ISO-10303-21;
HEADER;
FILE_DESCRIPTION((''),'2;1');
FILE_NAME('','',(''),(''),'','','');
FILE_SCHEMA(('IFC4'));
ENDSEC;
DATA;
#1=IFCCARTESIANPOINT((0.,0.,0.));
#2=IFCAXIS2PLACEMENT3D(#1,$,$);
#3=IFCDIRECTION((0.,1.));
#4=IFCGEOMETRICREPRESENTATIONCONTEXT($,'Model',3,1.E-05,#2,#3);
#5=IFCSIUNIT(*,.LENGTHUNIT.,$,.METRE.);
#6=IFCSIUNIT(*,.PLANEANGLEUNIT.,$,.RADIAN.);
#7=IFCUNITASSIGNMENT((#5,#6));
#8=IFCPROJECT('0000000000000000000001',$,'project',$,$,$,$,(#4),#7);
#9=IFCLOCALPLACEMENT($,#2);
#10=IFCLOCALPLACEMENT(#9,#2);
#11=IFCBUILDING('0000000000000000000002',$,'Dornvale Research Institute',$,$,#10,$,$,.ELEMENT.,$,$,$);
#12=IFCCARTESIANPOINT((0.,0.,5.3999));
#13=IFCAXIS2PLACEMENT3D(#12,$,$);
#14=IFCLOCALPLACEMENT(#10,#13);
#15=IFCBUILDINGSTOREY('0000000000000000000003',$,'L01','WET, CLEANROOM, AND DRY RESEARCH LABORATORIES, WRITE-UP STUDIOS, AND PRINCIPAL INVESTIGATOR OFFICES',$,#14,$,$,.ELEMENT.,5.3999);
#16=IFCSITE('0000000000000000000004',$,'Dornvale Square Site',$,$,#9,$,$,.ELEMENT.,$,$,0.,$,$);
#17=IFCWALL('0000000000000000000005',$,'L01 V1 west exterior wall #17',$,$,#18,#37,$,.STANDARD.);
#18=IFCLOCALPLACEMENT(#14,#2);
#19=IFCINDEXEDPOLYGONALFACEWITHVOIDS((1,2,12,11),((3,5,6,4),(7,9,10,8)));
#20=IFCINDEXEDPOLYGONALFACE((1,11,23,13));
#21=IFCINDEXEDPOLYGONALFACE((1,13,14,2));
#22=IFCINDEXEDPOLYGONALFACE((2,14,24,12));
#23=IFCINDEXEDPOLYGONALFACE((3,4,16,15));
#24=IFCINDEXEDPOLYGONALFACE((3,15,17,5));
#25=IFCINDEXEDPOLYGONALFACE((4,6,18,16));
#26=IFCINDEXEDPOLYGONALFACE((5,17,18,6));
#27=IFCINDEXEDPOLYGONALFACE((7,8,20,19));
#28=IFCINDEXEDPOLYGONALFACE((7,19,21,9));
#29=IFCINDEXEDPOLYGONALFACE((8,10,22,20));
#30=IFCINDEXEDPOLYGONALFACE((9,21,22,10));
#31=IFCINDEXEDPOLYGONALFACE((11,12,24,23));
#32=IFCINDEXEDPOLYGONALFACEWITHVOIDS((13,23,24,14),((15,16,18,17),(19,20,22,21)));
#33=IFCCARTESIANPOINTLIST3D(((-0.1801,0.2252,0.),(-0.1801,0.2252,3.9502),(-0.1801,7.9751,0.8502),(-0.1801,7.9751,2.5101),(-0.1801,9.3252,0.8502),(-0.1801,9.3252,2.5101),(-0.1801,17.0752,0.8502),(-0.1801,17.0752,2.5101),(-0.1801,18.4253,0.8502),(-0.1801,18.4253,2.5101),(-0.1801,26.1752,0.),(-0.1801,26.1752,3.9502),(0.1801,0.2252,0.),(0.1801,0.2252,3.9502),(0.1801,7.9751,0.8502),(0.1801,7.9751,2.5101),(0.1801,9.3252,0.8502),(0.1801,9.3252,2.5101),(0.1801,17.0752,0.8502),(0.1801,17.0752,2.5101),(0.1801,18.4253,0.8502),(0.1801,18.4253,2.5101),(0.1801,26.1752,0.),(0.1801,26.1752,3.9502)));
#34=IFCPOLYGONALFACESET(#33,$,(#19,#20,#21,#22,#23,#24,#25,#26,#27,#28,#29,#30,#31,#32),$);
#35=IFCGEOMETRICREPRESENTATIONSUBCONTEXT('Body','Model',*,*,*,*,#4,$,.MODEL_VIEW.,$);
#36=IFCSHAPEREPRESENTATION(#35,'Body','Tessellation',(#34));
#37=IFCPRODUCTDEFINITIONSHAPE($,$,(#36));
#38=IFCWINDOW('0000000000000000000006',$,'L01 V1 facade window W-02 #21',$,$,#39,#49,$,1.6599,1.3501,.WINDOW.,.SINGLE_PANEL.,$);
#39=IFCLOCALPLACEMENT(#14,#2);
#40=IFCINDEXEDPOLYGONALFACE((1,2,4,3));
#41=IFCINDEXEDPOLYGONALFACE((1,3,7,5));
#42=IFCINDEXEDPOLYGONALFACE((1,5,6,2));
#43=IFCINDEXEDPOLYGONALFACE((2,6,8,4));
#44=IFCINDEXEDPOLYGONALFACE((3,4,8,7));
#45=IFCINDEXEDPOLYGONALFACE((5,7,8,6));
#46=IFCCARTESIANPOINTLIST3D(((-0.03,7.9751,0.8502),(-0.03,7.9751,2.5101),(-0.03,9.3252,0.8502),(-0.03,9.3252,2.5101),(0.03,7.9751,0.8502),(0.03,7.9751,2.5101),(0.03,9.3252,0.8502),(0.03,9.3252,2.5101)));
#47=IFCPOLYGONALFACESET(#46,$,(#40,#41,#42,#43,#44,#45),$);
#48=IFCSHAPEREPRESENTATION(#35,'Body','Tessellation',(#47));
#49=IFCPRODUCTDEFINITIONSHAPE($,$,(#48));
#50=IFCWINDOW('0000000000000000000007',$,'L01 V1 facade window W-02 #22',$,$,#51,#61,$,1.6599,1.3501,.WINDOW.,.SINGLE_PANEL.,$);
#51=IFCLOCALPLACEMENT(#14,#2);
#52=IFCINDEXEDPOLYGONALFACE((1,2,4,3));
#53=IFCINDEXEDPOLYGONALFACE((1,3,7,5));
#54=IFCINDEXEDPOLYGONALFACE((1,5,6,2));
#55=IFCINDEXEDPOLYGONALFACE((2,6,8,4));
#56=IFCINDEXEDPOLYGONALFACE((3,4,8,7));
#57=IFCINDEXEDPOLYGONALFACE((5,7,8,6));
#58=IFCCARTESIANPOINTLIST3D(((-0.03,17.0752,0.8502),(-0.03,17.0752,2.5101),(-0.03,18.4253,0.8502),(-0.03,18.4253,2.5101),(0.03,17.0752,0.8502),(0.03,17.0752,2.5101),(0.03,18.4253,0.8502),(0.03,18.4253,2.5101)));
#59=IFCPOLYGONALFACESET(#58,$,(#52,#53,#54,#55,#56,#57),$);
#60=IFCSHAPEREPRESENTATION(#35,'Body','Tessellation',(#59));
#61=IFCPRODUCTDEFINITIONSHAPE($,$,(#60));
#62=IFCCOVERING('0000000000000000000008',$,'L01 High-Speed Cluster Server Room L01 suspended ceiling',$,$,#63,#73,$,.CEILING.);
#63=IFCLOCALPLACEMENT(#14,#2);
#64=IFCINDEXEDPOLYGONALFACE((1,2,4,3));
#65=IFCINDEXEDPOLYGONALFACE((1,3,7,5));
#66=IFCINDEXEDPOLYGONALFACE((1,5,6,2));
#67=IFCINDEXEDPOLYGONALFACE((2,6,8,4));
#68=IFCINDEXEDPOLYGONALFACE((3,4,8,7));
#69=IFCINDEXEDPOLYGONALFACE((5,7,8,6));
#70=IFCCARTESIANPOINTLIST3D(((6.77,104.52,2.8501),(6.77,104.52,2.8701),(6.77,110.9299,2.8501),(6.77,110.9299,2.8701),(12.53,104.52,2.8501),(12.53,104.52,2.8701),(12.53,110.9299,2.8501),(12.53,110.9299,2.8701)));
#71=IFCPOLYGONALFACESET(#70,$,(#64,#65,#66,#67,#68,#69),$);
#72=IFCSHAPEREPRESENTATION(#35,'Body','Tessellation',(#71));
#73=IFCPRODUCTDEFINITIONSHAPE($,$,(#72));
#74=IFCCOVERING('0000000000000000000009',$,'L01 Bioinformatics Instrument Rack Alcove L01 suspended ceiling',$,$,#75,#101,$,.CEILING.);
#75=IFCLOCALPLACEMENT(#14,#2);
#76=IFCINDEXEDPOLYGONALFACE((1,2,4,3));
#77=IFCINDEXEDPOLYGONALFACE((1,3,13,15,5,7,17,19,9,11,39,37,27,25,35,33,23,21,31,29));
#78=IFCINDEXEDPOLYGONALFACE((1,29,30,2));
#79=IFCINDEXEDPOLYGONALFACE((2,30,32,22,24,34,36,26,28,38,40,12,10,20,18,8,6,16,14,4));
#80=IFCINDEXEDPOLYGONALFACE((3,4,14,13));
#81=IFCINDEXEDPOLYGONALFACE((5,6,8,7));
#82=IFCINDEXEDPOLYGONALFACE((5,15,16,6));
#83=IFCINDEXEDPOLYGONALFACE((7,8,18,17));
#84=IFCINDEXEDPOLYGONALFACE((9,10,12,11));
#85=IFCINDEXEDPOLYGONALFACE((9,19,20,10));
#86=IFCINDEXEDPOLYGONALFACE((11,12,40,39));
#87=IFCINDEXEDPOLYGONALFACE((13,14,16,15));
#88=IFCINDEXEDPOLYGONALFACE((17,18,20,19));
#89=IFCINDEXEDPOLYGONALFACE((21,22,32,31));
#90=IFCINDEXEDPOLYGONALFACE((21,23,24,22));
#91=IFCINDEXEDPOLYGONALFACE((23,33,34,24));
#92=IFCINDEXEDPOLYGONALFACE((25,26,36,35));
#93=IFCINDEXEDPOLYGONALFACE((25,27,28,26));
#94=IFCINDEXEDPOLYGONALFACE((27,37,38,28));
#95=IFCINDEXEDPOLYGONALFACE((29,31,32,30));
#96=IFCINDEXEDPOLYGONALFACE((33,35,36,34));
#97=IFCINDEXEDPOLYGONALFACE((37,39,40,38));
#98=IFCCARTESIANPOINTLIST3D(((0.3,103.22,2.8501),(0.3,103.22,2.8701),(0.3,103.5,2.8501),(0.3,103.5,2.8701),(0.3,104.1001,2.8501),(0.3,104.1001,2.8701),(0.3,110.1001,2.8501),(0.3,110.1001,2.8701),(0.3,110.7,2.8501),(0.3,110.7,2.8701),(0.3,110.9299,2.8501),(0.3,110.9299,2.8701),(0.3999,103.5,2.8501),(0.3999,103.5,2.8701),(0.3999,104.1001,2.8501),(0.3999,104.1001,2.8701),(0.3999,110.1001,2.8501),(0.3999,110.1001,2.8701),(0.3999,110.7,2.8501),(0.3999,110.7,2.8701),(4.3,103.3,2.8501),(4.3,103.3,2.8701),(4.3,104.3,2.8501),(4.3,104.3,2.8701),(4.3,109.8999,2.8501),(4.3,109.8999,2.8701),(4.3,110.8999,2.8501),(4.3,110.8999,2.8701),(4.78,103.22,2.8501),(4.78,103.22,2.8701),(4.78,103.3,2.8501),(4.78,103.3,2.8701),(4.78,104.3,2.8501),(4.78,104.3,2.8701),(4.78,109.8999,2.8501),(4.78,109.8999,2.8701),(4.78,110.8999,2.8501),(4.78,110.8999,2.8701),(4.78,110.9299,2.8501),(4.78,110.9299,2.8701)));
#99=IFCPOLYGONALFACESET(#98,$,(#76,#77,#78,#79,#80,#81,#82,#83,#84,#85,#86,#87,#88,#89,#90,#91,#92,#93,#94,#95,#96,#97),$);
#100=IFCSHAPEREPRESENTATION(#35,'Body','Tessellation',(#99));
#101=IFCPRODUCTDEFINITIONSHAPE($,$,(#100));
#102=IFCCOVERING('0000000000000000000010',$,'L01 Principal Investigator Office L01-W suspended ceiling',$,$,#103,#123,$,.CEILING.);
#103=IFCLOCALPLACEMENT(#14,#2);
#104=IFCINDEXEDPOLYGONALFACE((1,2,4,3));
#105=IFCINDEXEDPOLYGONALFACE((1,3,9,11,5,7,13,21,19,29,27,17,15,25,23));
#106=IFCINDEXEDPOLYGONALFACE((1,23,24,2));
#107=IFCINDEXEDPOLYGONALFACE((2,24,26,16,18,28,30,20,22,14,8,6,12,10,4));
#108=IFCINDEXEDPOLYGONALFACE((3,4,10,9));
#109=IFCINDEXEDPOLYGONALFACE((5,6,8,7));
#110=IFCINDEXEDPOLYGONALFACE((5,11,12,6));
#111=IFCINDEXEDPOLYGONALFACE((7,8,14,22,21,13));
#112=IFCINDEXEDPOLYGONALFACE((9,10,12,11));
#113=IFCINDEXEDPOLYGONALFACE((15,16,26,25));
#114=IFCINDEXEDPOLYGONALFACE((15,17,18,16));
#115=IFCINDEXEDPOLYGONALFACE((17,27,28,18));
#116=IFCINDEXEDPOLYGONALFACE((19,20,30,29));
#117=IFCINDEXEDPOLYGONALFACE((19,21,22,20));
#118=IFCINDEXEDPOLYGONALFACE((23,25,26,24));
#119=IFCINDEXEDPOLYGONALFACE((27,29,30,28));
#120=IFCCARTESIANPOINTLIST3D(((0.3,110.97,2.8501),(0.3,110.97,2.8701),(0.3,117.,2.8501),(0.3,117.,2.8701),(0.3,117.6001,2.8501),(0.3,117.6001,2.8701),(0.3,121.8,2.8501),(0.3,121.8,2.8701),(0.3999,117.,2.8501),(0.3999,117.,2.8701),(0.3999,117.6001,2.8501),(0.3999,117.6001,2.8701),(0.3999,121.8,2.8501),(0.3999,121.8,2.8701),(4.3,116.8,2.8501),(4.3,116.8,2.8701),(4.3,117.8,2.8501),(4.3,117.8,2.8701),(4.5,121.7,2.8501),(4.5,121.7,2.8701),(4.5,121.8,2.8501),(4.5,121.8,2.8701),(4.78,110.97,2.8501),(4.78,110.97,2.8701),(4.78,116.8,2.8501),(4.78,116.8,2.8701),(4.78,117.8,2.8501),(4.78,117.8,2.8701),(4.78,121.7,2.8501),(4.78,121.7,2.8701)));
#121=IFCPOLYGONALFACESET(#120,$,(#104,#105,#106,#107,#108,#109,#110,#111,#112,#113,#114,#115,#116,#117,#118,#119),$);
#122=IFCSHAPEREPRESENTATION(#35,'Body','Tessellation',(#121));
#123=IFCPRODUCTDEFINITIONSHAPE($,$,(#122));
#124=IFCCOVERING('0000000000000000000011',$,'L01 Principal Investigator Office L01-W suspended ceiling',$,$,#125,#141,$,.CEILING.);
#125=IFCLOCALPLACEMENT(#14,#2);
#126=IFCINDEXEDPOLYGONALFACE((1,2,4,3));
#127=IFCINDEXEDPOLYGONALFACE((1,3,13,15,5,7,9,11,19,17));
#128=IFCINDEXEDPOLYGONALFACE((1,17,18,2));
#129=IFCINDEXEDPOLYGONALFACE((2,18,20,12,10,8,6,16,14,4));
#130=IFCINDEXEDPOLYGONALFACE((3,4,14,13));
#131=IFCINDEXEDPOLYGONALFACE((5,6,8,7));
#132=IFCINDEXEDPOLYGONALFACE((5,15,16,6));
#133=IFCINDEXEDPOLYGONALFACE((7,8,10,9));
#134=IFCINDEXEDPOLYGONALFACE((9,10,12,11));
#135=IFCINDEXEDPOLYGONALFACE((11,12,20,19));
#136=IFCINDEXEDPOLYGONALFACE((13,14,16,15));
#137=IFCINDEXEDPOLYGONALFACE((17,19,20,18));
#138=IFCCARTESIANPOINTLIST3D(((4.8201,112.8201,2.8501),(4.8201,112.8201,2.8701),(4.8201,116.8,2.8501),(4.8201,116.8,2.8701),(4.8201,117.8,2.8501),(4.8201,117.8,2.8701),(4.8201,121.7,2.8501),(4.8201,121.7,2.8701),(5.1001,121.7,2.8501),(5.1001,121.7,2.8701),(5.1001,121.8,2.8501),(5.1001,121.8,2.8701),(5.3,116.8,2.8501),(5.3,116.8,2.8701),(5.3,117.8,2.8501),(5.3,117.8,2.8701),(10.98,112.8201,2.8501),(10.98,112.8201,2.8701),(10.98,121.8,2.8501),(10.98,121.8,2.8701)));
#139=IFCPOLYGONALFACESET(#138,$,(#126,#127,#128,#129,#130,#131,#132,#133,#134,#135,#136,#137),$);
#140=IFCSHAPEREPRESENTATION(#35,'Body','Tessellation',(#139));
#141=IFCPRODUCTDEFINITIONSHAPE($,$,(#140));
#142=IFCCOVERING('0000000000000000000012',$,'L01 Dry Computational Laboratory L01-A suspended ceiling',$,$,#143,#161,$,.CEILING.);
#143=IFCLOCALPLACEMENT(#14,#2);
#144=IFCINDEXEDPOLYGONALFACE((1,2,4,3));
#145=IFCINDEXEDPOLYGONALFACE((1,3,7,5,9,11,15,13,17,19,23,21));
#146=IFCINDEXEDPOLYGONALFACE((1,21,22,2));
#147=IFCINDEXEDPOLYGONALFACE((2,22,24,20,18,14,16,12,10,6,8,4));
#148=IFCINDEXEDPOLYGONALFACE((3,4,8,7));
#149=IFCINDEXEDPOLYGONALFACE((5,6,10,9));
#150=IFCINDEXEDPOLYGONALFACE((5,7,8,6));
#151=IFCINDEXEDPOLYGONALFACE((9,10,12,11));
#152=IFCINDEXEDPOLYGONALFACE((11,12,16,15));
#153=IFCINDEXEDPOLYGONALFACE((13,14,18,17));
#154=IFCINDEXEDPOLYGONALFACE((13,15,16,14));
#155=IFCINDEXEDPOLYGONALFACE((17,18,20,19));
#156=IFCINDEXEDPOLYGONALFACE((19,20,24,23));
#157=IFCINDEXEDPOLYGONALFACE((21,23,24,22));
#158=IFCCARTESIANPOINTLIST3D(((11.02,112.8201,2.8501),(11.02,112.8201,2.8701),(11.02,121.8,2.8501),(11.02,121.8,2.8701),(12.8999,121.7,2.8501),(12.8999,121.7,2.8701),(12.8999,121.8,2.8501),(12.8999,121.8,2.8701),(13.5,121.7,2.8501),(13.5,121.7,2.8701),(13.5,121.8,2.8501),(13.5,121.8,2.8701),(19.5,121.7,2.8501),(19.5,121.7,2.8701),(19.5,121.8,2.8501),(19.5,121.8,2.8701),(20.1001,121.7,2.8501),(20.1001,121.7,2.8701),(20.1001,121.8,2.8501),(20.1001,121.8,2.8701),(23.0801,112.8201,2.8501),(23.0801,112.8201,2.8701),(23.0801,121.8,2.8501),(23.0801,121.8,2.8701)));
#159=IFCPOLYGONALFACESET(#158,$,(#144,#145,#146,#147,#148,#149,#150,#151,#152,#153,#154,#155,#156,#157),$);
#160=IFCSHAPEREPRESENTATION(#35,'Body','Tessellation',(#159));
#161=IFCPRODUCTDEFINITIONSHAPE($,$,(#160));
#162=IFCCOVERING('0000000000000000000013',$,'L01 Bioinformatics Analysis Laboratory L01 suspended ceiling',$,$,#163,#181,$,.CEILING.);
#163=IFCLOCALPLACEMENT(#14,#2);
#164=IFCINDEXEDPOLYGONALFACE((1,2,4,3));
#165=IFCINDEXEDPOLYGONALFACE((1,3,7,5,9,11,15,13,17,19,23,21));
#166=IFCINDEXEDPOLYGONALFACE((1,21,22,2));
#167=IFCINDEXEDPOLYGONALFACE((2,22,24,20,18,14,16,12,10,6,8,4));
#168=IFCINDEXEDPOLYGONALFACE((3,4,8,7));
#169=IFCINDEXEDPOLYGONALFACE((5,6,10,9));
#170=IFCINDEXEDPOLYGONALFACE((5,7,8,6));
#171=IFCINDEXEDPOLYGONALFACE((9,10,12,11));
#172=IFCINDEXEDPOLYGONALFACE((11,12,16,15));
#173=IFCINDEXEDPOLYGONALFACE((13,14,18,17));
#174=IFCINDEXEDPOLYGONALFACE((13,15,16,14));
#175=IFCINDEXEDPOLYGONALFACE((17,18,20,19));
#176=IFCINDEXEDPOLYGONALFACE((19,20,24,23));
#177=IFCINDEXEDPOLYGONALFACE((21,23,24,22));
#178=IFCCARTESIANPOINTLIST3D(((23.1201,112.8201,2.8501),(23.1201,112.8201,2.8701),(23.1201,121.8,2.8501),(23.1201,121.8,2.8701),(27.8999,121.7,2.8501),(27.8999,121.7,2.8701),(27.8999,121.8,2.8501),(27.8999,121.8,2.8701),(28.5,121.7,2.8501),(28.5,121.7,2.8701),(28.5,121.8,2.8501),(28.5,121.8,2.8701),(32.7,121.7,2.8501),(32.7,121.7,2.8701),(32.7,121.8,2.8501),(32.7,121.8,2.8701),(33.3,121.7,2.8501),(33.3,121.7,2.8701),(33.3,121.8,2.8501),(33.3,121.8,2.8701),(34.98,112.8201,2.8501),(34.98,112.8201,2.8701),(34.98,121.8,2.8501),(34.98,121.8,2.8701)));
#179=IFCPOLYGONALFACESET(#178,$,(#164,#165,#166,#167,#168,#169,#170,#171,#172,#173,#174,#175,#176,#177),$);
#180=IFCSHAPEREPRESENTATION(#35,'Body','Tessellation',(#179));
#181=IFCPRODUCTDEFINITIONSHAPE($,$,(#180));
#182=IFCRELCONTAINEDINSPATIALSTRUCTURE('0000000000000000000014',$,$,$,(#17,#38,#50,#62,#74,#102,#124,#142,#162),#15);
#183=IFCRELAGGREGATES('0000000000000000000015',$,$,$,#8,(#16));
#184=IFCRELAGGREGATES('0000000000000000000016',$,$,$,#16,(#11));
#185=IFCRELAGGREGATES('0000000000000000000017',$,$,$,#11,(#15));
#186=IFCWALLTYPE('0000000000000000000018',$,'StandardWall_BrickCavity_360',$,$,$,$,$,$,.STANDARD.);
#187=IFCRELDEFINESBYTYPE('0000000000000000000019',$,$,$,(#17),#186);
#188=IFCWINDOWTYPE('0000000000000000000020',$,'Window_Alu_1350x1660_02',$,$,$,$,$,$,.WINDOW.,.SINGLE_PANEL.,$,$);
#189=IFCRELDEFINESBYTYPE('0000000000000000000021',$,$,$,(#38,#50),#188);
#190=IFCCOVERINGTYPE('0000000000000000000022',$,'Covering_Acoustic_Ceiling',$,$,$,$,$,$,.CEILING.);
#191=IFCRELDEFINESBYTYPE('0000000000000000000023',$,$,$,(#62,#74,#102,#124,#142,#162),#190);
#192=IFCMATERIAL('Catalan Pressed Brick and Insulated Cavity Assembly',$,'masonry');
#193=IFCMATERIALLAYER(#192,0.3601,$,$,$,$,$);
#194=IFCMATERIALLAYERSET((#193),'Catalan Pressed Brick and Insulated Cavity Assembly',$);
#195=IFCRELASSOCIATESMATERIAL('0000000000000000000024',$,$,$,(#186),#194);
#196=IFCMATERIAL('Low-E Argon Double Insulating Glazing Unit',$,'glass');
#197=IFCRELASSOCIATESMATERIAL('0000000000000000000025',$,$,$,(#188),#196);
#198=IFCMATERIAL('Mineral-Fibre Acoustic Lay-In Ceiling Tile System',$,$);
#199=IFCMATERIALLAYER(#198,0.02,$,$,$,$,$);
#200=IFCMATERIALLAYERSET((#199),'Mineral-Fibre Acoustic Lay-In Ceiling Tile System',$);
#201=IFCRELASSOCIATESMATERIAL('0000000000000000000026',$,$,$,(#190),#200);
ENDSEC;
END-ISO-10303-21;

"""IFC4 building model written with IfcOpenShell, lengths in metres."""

from ifc_helpers import new_model, si_unit, direction, frame, frame_2d, origin, place, context, subcontext, project, spatial, polyline, rectangle, outline, extrude, material, layer, layer_set, type_object, element, fill, save


model = new_model("IFC4")

# Units and contexts
model_context = context("Model", 3, precision=1e-05, world=origin(), true_north=direction((0.0, 1.0)))
body_context = subcontext(model_context, "Body", "Model", "MODEL_VIEW")
ifc_project = project(units=[si_unit("LENGTHUNIT", "METRE"), si_unit("PLANEANGLEUNIT", "RADIAN")], contexts=[model_context])

# Site, building, storey
site_placement = place(None, origin())
site = spatial("IfcSite", under=ifc_project, at=site_placement, Name="Dornvale Square Site", CompositionType="ELEMENT", RefElevation=0.0)
building_placement = place(site_placement, origin())
building = spatial("IfcBuilding", under=site, at=building_placement, Name="Dornvale Research Institute", CompositionType="ELEMENT")
storey_placement = place(building_placement, frame((0.0, 0.0, 5.3999)))
storey = spatial("IfcBuildingStorey", under=building, at=storey_placement, Name="L01", Description="WET, CLEANROOM, AND DRY RESEARCH LABORATORIES, WRITE-UP STUDIOS, AND PRINCIPAL INVESTIGATOR OFFICES", CompositionType="ELEMENT", Elevation=5.3999)

# Wall, openings, windows
ifc_material_1 = material(Name="Catalan Pressed Brick and Insulated Cavity Assembly", Category="masonry")
ifc_layer_1 = layer(ifc_material_1, 0.3601)
ifc_layer_set_1 = layer_set([ifc_layer_1], Name="Catalan Pressed Brick and Insulated Cavity Assembly")
wall_type = type_object("IfcWallType", Name="StandardWall_BrickCavity_360", PredefinedType="STANDARD", material=ifc_layer_set_1)
wall_placement = place(storey_placement, frame((0.0, 0.2251, 0.0), z_axis=(0.0, 0.0, 1.0), x_axis=(0.0, 1.0, 0.0)))
wall = element("IfcWall", 1, at=wall_placement, inside=storey, type_object=wall_type, Name="L01 V1 west exterior wall #17", PredefinedType="STANDARD", context=body_context, shape_type="SweptSolid", body=[
    extrude(rectangle(XDim=25.95, YDim=0.3601, at=frame_2d((12.9751, 0.0))), origin(), (0.0, 0.0, 1.0), 3.9502),
])
opening_1_placement = place(wall_placement, frame((7.75, 0.0, 0.8501)))
opening_1 = element("IfcOpeningElement", 2, at=opening_1_placement, cuts=wall, PredefinedType="OPENING", context=body_context, shape_type="SweptSolid", body=[
    extrude(rectangle(XDim=1.3501, YDim=1.6599, at=frame_2d((0.675, 0.8301))), frame((0.0, 0.1951, 0.0), z_axis=(0.0, -1.0, 0.0), x_axis=(1.0, 0.0, 0.0)), (0.0, 0.0, 1.0), 0.3901),
])
opening_2_placement = place(wall_placement, frame((16.8501, 0.0, 0.8501)))
opening_2 = element("IfcOpeningElement", 3, at=opening_2_placement, cuts=wall, PredefinedType="OPENING", context=body_context, shape_type="SweptSolid", body=[
    extrude(rectangle(XDim=1.3501, YDim=1.6599, at=frame_2d((0.675, 0.8301))), frame((0.0, 0.1951, 0.0), z_axis=(0.0, -1.0, 0.0), x_axis=(1.0, 0.0, 0.0)), (0.0, 0.0, 1.0), 0.3901),
])
ifc_material_2 = material(Name="Low-E Argon Double Insulating Glazing Unit", Category="glass")
window_type = type_object("IfcWindowType", Name="Window_Alu_1350x1660_02", PartitioningType="SINGLE_PANEL", PredefinedType="WINDOW", material=ifc_material_2)
window_1_placement = place(opening_1_placement, origin())
window_1 = element("IfcWindow", 4, at=window_1_placement, inside=storey, type_object=window_type, Name="L01 V1 facade window W-02 #21", OverallHeight=1.6599, OverallWidth=1.3501, PartitioningType="SINGLE_PANEL", PredefinedType="WINDOW", context=body_context, shape_type="SweptSolid", body=[
    extrude(rectangle(XDim=1.3501, YDim=1.6599, at=frame_2d((0.675, 0.8301))), frame((0.0, 0.03, 0.0), z_axis=(0.0, -1.0, 0.0), x_axis=(1.0, 0.0, 0.0)), (0.0, 0.0, 1.0), 0.0601),
])
fill(opening_1, window_1)
window_2_placement = place(opening_2_placement, origin())
window_2 = element("IfcWindow", 5, at=window_2_placement, inside=storey, type_object=window_type, Name="L01 V1 facade window W-02 #22", OverallHeight=1.6599, OverallWidth=1.3501, PartitioningType="SINGLE_PANEL", PredefinedType="WINDOW", context=body_context, shape_type="SweptSolid", body=[
    extrude(rectangle(XDim=1.3501, YDim=1.6599, at=frame_2d((0.675, 0.8301))), frame((0.0, 0.03, 0.0), z_axis=(0.0, -1.0, 0.0), x_axis=(1.0, 0.0, 0.0)), (0.0, 0.0, 1.0), 0.0601),
])
fill(opening_2, window_2)

# Coverings
ifc_material_3 = material(Name="Mineral-Fibre Acoustic Lay-In Ceiling Tile System")
ifc_layer_2 = layer(ifc_material_3, 0.02)
ifc_layer_set_2 = layer_set([ifc_layer_2], Name="Mineral-Fibre Acoustic Lay-In Ceiling Tile System")
covering_type_1 = type_object("IfcCoveringType", Name="Covering_Acoustic_Ceiling", PredefinedType="CEILING", material=ifc_layer_set_2)
covering_1_placement = place(storey_placement, frame((0.0, 0.0, 2.8501)))
element("IfcCovering", 6, at=covering_1_placement, inside=storey, type_object=covering_type_1, Name="L01 High-Speed Cluster Server Room L01 suspended ceiling", PredefinedType="CEILING", context=body_context, shape_type="SweptSolid", body=[
    extrude(outline(polyline([(12.53, 110.9299), (12.53, 104.52), (6.77, 104.52), (6.77, 110.9299), (12.53, 110.9299)])), origin(), (0.0, 0.0, 1.0), 0.02),
])
covering_2_placement = place(storey_placement, frame((0.0, 0.0, 2.8501)))
element("IfcCovering", 7, at=covering_2_placement, inside=storey, type_object=covering_type_1, Name="L01 Bioinformatics Instrument Rack Alcove L01 suspended ceiling", PredefinedType="CEILING", context=body_context, shape_type="SweptSolid", body=[
    extrude(outline(polyline([(0.3999, 103.5), (0.3999, 104.1001), (0.3, 104.1001), (0.3, 110.1001), (0.3999, 110.1001), (0.3999, 110.7), (0.3, 110.7), (0.3, 110.9299), (4.78, 110.9299), (4.78, 110.8999), (4.3, 110.8999), (4.3, 109.8999), (4.78, 109.8999), (4.78, 104.3), (4.3, 104.3), (4.3, 103.3), (4.78, 103.3), (4.78, 103.22), (0.3, 103.22), (0.3, 103.5), (0.3999, 103.5)])), origin(), (0.0, 0.0, 1.0), 0.02),
])
covering_3_placement = place(storey_placement, frame((0.0, 0.0, 2.8501)))
element("IfcCovering", 8, at=covering_3_placement, inside=storey, type_object=covering_type_1, Name="L01 Principal Investigator Office L01-W suspended ceiling", PredefinedType="CEILING", context=body_context, shape_type="SweptSolid", body=[
    extrude(outline(polyline([(0.3999, 117.6001), (0.3, 117.6001), (0.3, 121.8), (0.3999, 121.8), (4.5, 121.8), (4.5, 121.7), (4.78, 121.7), (4.78, 117.8), (4.3, 117.8), (4.3, 116.8), (4.78, 116.8), (4.78, 110.97), (0.3, 110.97), (0.3, 117.0), (0.3999, 117.0), (0.3999, 117.6001)])), origin(), (0.0, 0.0, 1.0), 0.02),
])
covering_4_placement = place(storey_placement, frame((0.0, 0.0, 2.8501)))
element("IfcCovering", 9, at=covering_4_placement, inside=storey, type_object=covering_type_1, Name="L01 Principal Investigator Office L01-W suspended ceiling", PredefinedType="CEILING", context=body_context, shape_type="SweptSolid", body=[
    extrude(outline(polyline([(4.8201, 117.8), (4.8201, 121.7), (5.1001, 121.7), (5.1001, 121.8), (10.98, 121.8), (10.98, 112.8201), (4.8201, 112.8201), (4.8201, 116.8), (5.3, 116.8), (5.3, 117.8), (4.8201, 117.8)])), origin(), (0.0, 0.0, 1.0), 0.02),
])
covering_5_placement = place(storey_placement, frame((0.0, 0.0, 2.8501)))
element("IfcCovering", 10, at=covering_5_placement, inside=storey, type_object=covering_type_1, Name="L01 Dry Computational Laboratory L01-A suspended ceiling", PredefinedType="CEILING", context=body_context, shape_type="SweptSolid", body=[
    extrude(outline(polyline([(23.0801, 121.8), (23.0801, 112.8201), (11.02, 112.8201), (11.02, 121.8), (12.8999, 121.8), (12.8999, 121.7), (13.5, 121.7), (13.5, 121.8), (19.5, 121.8), (19.5, 121.7), (20.1001, 121.7), (20.1001, 121.8), (23.0801, 121.8)])), origin(), (0.0, 0.0, 1.0), 0.02),
])
covering_6_placement = place(storey_placement, frame((0.0, 0.0, 2.8501)))
element("IfcCovering", 11, at=covering_6_placement, inside=storey, type_object=covering_type_1, Name="L01 Bioinformatics Analysis Laboratory L01 suspended ceiling", PredefinedType="CEILING", context=body_context, shape_type="SweptSolid", body=[
    extrude(outline(polyline([(34.98, 121.8), (34.98, 112.8201), (23.1201, 112.8201), (23.1201, 121.8), (27.8999, 121.8), (27.8999, 121.7), (28.5, 121.7), (28.5, 121.8), (32.7, 121.8), (32.7, 121.7), (33.3, 121.7), (33.3, 121.8), (34.98, 121.8)])), origin(), (0.0, 0.0, 1.0), 0.02),
])

save(model, "model.ifc")
